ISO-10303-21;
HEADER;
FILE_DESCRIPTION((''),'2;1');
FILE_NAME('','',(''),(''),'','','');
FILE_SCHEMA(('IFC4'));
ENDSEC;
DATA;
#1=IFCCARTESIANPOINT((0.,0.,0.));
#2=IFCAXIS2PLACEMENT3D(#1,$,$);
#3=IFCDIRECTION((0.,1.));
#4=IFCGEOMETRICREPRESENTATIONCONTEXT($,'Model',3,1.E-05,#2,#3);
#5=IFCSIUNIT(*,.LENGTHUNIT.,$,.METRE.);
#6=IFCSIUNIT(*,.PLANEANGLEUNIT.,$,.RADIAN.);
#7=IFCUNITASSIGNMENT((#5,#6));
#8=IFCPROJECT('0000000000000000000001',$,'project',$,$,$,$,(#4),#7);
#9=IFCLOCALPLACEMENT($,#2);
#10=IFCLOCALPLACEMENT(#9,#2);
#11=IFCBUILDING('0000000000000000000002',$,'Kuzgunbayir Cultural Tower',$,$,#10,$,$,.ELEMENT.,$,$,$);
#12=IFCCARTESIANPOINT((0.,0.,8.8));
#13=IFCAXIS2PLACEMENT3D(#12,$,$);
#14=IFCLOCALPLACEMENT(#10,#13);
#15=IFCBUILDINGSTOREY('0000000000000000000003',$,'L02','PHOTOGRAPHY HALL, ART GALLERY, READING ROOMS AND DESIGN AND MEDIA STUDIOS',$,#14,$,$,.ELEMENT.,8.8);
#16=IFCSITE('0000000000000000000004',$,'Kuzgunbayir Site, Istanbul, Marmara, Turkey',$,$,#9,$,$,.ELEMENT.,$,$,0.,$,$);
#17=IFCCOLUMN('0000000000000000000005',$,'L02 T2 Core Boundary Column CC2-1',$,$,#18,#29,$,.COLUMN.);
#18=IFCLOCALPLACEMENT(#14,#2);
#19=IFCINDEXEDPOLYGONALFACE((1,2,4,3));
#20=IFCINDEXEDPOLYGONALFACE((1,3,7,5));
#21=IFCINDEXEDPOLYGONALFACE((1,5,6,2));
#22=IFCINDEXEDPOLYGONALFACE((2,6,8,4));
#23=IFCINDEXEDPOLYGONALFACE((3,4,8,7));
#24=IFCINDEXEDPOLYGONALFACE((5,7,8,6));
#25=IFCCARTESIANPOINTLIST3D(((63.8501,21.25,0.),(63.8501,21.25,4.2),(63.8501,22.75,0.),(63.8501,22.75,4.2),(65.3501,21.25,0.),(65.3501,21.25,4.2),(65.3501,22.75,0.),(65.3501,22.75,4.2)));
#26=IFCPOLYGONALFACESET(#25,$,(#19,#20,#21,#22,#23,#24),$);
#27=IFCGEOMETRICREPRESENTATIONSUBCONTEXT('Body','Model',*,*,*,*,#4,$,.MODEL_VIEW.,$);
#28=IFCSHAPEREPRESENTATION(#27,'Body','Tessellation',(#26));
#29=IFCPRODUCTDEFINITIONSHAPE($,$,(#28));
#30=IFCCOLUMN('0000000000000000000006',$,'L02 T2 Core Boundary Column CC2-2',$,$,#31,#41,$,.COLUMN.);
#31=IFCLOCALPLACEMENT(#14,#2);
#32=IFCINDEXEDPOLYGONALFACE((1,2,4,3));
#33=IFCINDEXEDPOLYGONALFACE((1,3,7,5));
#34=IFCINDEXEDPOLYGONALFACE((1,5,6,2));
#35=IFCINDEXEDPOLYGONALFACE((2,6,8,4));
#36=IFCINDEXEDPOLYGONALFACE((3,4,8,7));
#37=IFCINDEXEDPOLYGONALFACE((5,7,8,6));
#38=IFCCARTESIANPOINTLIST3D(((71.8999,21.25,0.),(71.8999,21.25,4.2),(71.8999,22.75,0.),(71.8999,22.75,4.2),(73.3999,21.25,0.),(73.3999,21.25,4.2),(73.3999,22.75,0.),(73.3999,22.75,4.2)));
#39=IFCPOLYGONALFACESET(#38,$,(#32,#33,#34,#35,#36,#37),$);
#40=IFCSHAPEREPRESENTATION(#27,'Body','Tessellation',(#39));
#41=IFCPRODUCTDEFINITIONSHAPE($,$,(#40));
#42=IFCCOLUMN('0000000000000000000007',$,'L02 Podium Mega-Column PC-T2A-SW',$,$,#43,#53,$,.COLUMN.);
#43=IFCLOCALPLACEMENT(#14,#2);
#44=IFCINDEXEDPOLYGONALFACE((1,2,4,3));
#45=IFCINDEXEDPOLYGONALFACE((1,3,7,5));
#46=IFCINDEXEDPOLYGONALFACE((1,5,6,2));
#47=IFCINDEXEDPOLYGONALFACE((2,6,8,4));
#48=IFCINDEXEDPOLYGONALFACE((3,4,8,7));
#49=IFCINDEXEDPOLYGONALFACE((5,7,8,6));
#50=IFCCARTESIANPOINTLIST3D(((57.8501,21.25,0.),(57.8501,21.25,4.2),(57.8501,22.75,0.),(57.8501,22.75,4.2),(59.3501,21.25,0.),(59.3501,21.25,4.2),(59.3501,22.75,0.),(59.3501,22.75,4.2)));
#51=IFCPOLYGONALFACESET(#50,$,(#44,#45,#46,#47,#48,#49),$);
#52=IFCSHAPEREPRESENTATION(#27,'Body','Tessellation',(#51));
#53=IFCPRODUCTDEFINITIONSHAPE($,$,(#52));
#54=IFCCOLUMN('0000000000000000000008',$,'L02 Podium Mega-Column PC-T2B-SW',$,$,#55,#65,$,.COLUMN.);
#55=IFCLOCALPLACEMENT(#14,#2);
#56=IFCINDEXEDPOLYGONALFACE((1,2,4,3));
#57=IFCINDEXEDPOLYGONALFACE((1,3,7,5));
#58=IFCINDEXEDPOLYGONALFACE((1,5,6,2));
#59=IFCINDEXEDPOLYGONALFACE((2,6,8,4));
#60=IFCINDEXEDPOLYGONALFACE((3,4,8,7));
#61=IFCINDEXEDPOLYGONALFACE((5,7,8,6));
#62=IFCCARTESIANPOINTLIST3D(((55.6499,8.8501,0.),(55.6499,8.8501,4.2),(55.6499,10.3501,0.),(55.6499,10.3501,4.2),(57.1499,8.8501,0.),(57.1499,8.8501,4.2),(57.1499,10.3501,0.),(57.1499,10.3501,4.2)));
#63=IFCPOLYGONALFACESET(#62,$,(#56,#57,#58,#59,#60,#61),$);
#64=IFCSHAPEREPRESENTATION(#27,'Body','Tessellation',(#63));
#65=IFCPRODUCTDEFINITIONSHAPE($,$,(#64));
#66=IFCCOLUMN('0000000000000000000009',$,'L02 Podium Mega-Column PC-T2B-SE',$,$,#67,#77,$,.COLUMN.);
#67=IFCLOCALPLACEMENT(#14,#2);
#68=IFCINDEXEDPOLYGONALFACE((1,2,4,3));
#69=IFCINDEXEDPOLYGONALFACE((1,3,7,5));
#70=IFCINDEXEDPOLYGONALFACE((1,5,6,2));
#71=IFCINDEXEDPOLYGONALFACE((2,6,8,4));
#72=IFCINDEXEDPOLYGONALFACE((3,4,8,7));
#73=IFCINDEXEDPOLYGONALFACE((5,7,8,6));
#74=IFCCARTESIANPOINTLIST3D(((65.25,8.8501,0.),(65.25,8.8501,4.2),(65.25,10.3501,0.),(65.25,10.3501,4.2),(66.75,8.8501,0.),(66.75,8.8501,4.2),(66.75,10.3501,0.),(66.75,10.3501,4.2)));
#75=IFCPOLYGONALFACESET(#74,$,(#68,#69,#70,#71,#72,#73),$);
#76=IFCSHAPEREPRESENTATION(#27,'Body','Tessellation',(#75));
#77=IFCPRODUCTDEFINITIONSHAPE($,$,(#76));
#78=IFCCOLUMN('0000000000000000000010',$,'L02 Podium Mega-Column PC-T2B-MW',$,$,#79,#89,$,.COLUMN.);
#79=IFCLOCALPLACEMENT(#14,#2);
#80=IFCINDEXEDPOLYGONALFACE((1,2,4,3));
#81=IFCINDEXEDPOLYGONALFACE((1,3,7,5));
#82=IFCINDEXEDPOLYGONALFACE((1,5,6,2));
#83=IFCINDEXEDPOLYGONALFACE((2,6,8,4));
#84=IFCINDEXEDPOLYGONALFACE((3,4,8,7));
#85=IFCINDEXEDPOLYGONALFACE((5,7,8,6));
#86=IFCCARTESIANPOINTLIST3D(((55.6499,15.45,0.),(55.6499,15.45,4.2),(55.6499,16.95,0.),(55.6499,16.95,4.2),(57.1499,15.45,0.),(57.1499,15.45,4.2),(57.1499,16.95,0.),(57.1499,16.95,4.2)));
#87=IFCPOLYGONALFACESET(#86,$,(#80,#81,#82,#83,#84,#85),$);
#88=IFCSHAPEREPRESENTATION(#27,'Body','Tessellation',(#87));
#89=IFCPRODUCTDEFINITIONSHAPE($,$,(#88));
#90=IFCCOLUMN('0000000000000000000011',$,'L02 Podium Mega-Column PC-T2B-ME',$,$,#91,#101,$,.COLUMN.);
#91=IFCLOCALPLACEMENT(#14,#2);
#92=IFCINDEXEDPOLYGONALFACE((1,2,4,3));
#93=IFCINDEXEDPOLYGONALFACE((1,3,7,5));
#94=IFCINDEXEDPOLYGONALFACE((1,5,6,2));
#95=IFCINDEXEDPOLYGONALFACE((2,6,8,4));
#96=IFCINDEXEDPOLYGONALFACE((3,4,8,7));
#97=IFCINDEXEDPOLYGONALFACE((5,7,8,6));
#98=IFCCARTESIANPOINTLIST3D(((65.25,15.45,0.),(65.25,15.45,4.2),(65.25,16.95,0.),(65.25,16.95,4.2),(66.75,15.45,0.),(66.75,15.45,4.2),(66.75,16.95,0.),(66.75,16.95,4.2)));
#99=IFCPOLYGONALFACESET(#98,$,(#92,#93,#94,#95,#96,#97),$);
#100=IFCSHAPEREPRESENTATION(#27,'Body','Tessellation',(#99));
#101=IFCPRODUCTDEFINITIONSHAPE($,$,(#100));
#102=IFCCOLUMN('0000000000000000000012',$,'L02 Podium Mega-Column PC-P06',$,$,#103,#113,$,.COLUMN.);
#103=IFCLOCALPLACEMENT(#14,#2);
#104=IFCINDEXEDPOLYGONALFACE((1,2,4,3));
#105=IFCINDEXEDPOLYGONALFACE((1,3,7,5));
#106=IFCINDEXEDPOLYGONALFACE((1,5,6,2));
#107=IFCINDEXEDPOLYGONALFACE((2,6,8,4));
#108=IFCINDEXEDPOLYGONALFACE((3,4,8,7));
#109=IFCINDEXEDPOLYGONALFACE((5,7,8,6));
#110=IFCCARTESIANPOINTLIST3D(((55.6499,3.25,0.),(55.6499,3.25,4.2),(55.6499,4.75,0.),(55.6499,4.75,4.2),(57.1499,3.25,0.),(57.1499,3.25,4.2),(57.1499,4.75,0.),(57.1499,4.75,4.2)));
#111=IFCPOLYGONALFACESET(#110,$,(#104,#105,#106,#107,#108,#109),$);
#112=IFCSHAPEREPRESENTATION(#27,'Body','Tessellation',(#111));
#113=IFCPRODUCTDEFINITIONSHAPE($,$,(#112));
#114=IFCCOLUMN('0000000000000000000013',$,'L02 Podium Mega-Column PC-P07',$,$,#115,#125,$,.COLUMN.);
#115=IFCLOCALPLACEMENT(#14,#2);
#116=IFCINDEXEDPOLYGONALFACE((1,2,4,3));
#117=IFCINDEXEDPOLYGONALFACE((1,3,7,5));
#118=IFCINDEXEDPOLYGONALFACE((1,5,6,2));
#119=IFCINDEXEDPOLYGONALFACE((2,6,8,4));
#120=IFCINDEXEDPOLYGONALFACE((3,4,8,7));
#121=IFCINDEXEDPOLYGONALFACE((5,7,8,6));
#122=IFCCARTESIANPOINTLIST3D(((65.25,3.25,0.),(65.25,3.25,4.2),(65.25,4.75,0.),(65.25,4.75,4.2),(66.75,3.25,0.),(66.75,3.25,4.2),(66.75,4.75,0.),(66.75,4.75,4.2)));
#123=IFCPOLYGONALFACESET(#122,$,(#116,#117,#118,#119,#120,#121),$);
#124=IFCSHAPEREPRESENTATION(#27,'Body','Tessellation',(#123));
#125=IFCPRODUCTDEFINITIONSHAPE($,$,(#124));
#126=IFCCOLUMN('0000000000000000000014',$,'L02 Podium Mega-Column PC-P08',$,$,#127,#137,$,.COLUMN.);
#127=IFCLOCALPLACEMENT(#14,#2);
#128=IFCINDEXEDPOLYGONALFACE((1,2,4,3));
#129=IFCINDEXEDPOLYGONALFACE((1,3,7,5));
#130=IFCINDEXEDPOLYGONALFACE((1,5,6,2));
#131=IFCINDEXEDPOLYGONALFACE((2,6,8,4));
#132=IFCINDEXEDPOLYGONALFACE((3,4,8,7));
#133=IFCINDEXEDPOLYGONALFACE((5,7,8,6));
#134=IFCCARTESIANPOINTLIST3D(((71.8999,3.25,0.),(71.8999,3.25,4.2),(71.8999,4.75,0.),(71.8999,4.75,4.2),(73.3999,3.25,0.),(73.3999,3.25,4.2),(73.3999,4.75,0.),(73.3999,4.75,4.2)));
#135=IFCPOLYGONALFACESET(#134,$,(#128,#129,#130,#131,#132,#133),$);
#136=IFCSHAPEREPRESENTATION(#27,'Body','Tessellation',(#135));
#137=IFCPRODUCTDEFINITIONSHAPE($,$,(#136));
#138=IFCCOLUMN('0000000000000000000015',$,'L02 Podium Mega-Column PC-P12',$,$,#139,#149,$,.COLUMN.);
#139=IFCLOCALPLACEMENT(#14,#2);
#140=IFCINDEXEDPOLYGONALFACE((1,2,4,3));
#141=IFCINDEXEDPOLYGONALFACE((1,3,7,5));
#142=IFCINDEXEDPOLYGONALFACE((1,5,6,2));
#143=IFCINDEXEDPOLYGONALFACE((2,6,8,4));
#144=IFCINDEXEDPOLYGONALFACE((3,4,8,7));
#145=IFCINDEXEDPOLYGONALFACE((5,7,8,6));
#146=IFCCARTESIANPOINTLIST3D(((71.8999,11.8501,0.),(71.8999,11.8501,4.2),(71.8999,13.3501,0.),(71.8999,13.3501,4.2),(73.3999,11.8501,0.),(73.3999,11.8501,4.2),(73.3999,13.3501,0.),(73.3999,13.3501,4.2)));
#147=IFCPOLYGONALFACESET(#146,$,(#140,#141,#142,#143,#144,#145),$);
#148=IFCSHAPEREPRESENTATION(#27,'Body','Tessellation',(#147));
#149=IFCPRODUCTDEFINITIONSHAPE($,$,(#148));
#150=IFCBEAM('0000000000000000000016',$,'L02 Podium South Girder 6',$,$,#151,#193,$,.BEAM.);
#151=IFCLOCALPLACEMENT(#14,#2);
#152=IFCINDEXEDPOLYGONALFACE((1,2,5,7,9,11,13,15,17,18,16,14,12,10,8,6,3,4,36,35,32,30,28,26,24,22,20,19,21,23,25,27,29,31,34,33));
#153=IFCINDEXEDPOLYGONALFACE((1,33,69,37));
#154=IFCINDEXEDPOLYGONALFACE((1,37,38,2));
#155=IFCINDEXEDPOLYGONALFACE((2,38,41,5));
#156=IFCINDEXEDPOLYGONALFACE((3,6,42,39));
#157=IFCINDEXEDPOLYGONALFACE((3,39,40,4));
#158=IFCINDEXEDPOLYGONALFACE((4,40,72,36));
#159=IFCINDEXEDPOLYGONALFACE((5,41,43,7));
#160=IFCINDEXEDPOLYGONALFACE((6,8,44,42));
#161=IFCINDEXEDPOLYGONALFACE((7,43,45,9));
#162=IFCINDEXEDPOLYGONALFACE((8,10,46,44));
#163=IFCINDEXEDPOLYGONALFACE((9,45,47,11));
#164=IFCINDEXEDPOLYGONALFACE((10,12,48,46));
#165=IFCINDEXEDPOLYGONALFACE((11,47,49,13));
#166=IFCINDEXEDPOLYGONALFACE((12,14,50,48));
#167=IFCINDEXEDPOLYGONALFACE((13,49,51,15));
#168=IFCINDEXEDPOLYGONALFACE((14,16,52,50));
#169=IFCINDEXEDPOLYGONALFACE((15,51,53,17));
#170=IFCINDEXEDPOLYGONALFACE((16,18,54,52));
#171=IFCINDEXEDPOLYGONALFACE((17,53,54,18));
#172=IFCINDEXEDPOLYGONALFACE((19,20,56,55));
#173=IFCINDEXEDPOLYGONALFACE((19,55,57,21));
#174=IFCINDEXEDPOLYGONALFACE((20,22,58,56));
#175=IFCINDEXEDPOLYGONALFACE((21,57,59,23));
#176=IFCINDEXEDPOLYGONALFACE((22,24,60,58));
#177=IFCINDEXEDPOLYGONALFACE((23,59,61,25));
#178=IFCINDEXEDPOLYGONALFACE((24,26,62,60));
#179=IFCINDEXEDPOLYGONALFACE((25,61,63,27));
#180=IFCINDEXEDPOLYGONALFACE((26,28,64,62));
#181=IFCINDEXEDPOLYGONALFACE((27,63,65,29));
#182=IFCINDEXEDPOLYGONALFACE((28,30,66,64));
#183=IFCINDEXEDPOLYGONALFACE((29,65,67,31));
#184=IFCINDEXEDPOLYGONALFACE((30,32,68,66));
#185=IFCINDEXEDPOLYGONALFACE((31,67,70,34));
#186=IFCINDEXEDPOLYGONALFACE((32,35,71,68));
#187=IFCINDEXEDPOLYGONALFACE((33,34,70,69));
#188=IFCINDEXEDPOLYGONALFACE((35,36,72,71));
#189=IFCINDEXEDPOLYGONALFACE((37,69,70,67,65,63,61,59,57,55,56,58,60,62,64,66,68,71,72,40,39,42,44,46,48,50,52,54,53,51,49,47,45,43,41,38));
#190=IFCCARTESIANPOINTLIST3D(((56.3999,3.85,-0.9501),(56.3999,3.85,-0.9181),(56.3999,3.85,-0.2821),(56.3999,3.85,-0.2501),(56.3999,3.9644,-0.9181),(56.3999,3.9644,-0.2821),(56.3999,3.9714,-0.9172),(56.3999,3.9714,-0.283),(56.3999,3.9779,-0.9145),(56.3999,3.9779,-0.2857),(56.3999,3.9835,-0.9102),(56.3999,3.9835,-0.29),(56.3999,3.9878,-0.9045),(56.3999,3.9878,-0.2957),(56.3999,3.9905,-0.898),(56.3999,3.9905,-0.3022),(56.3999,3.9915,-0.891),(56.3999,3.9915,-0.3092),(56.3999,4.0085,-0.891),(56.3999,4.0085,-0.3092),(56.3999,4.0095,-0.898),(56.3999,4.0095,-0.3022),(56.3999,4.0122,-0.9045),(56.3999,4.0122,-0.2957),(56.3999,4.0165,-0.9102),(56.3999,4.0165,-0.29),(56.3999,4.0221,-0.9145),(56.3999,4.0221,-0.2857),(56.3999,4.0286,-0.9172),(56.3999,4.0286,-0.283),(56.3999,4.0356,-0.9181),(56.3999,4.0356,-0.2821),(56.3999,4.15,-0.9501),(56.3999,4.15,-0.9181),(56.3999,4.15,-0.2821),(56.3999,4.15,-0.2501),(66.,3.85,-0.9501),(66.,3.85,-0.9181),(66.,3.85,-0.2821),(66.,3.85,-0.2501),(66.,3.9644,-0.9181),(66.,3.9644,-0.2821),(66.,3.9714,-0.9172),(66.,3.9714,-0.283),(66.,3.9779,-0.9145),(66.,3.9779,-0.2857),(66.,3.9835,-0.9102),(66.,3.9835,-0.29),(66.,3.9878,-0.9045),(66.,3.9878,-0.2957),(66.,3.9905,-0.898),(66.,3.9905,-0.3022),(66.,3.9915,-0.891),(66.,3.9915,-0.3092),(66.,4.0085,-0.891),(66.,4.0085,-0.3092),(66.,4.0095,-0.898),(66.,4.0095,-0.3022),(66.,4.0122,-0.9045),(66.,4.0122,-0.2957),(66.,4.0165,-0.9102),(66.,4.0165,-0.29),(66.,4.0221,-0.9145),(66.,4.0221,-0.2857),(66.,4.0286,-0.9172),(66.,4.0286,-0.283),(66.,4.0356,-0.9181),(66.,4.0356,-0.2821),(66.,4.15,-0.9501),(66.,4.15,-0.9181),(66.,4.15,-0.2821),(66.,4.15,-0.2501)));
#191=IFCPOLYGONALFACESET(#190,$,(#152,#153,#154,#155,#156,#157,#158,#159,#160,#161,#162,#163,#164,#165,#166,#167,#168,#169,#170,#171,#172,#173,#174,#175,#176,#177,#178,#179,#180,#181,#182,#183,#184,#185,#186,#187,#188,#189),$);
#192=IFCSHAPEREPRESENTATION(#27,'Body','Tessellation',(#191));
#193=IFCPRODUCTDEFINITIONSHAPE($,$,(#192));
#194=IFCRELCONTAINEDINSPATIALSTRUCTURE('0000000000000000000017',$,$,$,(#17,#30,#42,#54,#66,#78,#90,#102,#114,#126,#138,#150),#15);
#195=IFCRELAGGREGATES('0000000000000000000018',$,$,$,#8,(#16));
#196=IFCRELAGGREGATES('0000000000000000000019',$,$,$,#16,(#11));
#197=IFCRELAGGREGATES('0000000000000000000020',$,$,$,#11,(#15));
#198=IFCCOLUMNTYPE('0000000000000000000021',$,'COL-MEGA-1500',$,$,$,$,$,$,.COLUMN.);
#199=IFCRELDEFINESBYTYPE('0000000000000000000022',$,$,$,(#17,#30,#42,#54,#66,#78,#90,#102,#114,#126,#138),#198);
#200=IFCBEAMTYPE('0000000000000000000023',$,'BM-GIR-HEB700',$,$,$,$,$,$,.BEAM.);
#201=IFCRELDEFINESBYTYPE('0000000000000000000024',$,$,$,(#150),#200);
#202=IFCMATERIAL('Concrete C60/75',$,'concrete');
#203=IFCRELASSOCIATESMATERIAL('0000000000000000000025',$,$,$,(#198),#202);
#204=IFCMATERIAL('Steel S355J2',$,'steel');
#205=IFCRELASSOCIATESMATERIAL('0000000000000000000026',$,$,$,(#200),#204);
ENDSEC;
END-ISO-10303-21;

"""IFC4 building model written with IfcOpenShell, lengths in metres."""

from ifc_helpers import new_model, si_unit, direction, frame, origin, origin_2d, place, context, subcontext, project, spatial, rectangle, i_section, extrude, material, material_profile, profile_set, type_object, element, save


model = new_model("IFC4")

# Units and contexts
model_context = context("Model", 3, precision=1e-05, world=origin(), true_north=direction((0.0, 1.0)))
body_context = subcontext(model_context, "Body", "Model", "MODEL_VIEW")
ifc_project = project(units=[si_unit("LENGTHUNIT", "METRE"), si_unit("PLANEANGLEUNIT", "RADIAN")], contexts=[model_context])

# Site, building, storey
site_placement = place(None, origin())
site = spatial("IfcSite", under=ifc_project, at=site_placement, Name="Kuzgunbayir Site, Istanbul, Marmara, Turkey", CompositionType="ELEMENT", RefElevation=0.0)
building_placement = place(site_placement, origin())
building = spatial("IfcBuilding", under=site, at=building_placement, Name="Kuzgunbayir Cultural Tower", CompositionType="ELEMENT")
storey_placement = place(building_placement, frame((0.0, 0.0, 8.8)))
storey = spatial("IfcBuildingStorey", under=building, at=storey_placement, Name="L02", Description="PHOTOGRAPHY HALL, ART GALLERY, READING ROOMS AND DESIGN AND MEDIA STUDIOS", CompositionType="ELEMENT", Elevation=8.8)

# Columns
ifc_material_1 = material(Name="Concrete C60/75", Category="concrete")
ifc_material_profile_1 = material_profile(ifc_material_1, rectangle(XDim=1.5, YDim=1.5, at=origin_2d()), Name="RC 1500x1500")
ifc_profile_set_1 = profile_set([ifc_material_profile_1], Name="Concrete C60/75")
column_type = type_object("IfcColumnType", Name="COL-MEGA-1500", PredefinedType="COLUMN", material=ifc_profile_set_1)
for number, where, z_axis, x_axis, name in (
    (1, (64.6001, 22.0, 0.0), (0.0, 0.0, 1.0), (1.0, 0.0, 0.0), "L02 T2 Core Boundary Column CC2-1"),
    (2, (72.6499, 22.0, 0.0), (0.0, 0.0, 1.0), (1.0, 0.0, 0.0), "L02 T2 Core Boundary Column CC2-2"),
    (3, (58.6001, 22.0, 0.0), (0.0, 0.0, 1.0), (1.0, 0.0, 0.0), "L02 Podium Mega-Column PC-T2A-SW"),
    (4, (56.3999, 9.6001, 0.0), (0.0, 0.0, 1.0), (1.0, 0.0, 0.0), "L02 Podium Mega-Column PC-T2B-SW"),
    (5, (66.0, 9.6001, 0.0), (0.0, 0.0, 1.0), (1.0, 0.0, 0.0), "L02 Podium Mega-Column PC-T2B-SE"),
    (6, (56.3999, 16.2, 0.0), (0.0, 0.0, 1.0), (1.0, 0.0, 0.0), "L02 Podium Mega-Column PC-T2B-MW"),
    (7, (66.0, 16.2, 0.0), (0.0, 0.0, 1.0), (1.0, 0.0, 0.0), "L02 Podium Mega-Column PC-T2B-ME"),
    (8, (56.3999, 4.0, 0.0), (0.0, 0.0, 1.0), (1.0, 0.0, 0.0), "L02 Podium Mega-Column PC-P06"),
    (9, (66.0, 4.0, 0.0), (0.0, 0.0, 1.0), (1.0, 0.0, 0.0), "L02 Podium Mega-Column PC-P07"),
    (10, (72.6499, 4.0, 0.0), (0.0, 0.0, 1.0), (1.0, 0.0, 0.0), "L02 Podium Mega-Column PC-P08"),
    (11, (72.6499, 12.6001, 0.0), (0.0, 0.0, 1.0), (1.0, 0.0, 0.0), "L02 Podium Mega-Column PC-P12"),
):
    element("IfcColumn", number, at=place(storey_placement, frame(where, z_axis=z_axis, x_axis=x_axis)), inside=storey, type_object=column_type, Name=name, PredefinedType="COLUMN", context=body_context, shape_type="SweptSolid", body=[
        extrude(rectangle(XDim=1.5, YDim=1.5, at=origin_2d()), origin(), (0.0, 0.0, 1.0), 4.2),
    ])

# Beam
ifc_material_2 = material(Name="Steel S355J2", Category="steel")
ifc_material_profile_2 = material_profile(ifc_material_2, i_section(OverallWidth=0.3, OverallDepth=0.7, WebThickness=0.0171, FlangeThickness=0.032, FilletRadius=0.0271, at=origin_2d()), Name="HEB 700")
ifc_profile_set_2 = profile_set([ifc_material_profile_2], Name="Steel S355J2")
beam_type = type_object("IfcBeamType", Name="BM-GIR-HEB700", PredefinedType="BEAM", material=ifc_profile_set_2)
beam_1_placement = place(storey_placement, frame((56.3999, 4.0, -0.6001), z_axis=(1.0, 0.0, 0.0), x_axis=(0.0, 1.0, 0.0)))
element("IfcBeam", 12, at=beam_1_placement, inside=storey, type_object=beam_type, Name="L02 Podium South Girder 6", PredefinedType="BEAM", context=body_context, shape_type="SweptSolid", body=[
    extrude(i_section(OverallWidth=0.3, OverallDepth=0.7, WebThickness=0.0171, FlangeThickness=0.032, FilletRadius=0.0271, at=origin_2d()), origin(), (0.0, 0.0, 1.0), 9.6001),
])

save(model, "model.ifc")
